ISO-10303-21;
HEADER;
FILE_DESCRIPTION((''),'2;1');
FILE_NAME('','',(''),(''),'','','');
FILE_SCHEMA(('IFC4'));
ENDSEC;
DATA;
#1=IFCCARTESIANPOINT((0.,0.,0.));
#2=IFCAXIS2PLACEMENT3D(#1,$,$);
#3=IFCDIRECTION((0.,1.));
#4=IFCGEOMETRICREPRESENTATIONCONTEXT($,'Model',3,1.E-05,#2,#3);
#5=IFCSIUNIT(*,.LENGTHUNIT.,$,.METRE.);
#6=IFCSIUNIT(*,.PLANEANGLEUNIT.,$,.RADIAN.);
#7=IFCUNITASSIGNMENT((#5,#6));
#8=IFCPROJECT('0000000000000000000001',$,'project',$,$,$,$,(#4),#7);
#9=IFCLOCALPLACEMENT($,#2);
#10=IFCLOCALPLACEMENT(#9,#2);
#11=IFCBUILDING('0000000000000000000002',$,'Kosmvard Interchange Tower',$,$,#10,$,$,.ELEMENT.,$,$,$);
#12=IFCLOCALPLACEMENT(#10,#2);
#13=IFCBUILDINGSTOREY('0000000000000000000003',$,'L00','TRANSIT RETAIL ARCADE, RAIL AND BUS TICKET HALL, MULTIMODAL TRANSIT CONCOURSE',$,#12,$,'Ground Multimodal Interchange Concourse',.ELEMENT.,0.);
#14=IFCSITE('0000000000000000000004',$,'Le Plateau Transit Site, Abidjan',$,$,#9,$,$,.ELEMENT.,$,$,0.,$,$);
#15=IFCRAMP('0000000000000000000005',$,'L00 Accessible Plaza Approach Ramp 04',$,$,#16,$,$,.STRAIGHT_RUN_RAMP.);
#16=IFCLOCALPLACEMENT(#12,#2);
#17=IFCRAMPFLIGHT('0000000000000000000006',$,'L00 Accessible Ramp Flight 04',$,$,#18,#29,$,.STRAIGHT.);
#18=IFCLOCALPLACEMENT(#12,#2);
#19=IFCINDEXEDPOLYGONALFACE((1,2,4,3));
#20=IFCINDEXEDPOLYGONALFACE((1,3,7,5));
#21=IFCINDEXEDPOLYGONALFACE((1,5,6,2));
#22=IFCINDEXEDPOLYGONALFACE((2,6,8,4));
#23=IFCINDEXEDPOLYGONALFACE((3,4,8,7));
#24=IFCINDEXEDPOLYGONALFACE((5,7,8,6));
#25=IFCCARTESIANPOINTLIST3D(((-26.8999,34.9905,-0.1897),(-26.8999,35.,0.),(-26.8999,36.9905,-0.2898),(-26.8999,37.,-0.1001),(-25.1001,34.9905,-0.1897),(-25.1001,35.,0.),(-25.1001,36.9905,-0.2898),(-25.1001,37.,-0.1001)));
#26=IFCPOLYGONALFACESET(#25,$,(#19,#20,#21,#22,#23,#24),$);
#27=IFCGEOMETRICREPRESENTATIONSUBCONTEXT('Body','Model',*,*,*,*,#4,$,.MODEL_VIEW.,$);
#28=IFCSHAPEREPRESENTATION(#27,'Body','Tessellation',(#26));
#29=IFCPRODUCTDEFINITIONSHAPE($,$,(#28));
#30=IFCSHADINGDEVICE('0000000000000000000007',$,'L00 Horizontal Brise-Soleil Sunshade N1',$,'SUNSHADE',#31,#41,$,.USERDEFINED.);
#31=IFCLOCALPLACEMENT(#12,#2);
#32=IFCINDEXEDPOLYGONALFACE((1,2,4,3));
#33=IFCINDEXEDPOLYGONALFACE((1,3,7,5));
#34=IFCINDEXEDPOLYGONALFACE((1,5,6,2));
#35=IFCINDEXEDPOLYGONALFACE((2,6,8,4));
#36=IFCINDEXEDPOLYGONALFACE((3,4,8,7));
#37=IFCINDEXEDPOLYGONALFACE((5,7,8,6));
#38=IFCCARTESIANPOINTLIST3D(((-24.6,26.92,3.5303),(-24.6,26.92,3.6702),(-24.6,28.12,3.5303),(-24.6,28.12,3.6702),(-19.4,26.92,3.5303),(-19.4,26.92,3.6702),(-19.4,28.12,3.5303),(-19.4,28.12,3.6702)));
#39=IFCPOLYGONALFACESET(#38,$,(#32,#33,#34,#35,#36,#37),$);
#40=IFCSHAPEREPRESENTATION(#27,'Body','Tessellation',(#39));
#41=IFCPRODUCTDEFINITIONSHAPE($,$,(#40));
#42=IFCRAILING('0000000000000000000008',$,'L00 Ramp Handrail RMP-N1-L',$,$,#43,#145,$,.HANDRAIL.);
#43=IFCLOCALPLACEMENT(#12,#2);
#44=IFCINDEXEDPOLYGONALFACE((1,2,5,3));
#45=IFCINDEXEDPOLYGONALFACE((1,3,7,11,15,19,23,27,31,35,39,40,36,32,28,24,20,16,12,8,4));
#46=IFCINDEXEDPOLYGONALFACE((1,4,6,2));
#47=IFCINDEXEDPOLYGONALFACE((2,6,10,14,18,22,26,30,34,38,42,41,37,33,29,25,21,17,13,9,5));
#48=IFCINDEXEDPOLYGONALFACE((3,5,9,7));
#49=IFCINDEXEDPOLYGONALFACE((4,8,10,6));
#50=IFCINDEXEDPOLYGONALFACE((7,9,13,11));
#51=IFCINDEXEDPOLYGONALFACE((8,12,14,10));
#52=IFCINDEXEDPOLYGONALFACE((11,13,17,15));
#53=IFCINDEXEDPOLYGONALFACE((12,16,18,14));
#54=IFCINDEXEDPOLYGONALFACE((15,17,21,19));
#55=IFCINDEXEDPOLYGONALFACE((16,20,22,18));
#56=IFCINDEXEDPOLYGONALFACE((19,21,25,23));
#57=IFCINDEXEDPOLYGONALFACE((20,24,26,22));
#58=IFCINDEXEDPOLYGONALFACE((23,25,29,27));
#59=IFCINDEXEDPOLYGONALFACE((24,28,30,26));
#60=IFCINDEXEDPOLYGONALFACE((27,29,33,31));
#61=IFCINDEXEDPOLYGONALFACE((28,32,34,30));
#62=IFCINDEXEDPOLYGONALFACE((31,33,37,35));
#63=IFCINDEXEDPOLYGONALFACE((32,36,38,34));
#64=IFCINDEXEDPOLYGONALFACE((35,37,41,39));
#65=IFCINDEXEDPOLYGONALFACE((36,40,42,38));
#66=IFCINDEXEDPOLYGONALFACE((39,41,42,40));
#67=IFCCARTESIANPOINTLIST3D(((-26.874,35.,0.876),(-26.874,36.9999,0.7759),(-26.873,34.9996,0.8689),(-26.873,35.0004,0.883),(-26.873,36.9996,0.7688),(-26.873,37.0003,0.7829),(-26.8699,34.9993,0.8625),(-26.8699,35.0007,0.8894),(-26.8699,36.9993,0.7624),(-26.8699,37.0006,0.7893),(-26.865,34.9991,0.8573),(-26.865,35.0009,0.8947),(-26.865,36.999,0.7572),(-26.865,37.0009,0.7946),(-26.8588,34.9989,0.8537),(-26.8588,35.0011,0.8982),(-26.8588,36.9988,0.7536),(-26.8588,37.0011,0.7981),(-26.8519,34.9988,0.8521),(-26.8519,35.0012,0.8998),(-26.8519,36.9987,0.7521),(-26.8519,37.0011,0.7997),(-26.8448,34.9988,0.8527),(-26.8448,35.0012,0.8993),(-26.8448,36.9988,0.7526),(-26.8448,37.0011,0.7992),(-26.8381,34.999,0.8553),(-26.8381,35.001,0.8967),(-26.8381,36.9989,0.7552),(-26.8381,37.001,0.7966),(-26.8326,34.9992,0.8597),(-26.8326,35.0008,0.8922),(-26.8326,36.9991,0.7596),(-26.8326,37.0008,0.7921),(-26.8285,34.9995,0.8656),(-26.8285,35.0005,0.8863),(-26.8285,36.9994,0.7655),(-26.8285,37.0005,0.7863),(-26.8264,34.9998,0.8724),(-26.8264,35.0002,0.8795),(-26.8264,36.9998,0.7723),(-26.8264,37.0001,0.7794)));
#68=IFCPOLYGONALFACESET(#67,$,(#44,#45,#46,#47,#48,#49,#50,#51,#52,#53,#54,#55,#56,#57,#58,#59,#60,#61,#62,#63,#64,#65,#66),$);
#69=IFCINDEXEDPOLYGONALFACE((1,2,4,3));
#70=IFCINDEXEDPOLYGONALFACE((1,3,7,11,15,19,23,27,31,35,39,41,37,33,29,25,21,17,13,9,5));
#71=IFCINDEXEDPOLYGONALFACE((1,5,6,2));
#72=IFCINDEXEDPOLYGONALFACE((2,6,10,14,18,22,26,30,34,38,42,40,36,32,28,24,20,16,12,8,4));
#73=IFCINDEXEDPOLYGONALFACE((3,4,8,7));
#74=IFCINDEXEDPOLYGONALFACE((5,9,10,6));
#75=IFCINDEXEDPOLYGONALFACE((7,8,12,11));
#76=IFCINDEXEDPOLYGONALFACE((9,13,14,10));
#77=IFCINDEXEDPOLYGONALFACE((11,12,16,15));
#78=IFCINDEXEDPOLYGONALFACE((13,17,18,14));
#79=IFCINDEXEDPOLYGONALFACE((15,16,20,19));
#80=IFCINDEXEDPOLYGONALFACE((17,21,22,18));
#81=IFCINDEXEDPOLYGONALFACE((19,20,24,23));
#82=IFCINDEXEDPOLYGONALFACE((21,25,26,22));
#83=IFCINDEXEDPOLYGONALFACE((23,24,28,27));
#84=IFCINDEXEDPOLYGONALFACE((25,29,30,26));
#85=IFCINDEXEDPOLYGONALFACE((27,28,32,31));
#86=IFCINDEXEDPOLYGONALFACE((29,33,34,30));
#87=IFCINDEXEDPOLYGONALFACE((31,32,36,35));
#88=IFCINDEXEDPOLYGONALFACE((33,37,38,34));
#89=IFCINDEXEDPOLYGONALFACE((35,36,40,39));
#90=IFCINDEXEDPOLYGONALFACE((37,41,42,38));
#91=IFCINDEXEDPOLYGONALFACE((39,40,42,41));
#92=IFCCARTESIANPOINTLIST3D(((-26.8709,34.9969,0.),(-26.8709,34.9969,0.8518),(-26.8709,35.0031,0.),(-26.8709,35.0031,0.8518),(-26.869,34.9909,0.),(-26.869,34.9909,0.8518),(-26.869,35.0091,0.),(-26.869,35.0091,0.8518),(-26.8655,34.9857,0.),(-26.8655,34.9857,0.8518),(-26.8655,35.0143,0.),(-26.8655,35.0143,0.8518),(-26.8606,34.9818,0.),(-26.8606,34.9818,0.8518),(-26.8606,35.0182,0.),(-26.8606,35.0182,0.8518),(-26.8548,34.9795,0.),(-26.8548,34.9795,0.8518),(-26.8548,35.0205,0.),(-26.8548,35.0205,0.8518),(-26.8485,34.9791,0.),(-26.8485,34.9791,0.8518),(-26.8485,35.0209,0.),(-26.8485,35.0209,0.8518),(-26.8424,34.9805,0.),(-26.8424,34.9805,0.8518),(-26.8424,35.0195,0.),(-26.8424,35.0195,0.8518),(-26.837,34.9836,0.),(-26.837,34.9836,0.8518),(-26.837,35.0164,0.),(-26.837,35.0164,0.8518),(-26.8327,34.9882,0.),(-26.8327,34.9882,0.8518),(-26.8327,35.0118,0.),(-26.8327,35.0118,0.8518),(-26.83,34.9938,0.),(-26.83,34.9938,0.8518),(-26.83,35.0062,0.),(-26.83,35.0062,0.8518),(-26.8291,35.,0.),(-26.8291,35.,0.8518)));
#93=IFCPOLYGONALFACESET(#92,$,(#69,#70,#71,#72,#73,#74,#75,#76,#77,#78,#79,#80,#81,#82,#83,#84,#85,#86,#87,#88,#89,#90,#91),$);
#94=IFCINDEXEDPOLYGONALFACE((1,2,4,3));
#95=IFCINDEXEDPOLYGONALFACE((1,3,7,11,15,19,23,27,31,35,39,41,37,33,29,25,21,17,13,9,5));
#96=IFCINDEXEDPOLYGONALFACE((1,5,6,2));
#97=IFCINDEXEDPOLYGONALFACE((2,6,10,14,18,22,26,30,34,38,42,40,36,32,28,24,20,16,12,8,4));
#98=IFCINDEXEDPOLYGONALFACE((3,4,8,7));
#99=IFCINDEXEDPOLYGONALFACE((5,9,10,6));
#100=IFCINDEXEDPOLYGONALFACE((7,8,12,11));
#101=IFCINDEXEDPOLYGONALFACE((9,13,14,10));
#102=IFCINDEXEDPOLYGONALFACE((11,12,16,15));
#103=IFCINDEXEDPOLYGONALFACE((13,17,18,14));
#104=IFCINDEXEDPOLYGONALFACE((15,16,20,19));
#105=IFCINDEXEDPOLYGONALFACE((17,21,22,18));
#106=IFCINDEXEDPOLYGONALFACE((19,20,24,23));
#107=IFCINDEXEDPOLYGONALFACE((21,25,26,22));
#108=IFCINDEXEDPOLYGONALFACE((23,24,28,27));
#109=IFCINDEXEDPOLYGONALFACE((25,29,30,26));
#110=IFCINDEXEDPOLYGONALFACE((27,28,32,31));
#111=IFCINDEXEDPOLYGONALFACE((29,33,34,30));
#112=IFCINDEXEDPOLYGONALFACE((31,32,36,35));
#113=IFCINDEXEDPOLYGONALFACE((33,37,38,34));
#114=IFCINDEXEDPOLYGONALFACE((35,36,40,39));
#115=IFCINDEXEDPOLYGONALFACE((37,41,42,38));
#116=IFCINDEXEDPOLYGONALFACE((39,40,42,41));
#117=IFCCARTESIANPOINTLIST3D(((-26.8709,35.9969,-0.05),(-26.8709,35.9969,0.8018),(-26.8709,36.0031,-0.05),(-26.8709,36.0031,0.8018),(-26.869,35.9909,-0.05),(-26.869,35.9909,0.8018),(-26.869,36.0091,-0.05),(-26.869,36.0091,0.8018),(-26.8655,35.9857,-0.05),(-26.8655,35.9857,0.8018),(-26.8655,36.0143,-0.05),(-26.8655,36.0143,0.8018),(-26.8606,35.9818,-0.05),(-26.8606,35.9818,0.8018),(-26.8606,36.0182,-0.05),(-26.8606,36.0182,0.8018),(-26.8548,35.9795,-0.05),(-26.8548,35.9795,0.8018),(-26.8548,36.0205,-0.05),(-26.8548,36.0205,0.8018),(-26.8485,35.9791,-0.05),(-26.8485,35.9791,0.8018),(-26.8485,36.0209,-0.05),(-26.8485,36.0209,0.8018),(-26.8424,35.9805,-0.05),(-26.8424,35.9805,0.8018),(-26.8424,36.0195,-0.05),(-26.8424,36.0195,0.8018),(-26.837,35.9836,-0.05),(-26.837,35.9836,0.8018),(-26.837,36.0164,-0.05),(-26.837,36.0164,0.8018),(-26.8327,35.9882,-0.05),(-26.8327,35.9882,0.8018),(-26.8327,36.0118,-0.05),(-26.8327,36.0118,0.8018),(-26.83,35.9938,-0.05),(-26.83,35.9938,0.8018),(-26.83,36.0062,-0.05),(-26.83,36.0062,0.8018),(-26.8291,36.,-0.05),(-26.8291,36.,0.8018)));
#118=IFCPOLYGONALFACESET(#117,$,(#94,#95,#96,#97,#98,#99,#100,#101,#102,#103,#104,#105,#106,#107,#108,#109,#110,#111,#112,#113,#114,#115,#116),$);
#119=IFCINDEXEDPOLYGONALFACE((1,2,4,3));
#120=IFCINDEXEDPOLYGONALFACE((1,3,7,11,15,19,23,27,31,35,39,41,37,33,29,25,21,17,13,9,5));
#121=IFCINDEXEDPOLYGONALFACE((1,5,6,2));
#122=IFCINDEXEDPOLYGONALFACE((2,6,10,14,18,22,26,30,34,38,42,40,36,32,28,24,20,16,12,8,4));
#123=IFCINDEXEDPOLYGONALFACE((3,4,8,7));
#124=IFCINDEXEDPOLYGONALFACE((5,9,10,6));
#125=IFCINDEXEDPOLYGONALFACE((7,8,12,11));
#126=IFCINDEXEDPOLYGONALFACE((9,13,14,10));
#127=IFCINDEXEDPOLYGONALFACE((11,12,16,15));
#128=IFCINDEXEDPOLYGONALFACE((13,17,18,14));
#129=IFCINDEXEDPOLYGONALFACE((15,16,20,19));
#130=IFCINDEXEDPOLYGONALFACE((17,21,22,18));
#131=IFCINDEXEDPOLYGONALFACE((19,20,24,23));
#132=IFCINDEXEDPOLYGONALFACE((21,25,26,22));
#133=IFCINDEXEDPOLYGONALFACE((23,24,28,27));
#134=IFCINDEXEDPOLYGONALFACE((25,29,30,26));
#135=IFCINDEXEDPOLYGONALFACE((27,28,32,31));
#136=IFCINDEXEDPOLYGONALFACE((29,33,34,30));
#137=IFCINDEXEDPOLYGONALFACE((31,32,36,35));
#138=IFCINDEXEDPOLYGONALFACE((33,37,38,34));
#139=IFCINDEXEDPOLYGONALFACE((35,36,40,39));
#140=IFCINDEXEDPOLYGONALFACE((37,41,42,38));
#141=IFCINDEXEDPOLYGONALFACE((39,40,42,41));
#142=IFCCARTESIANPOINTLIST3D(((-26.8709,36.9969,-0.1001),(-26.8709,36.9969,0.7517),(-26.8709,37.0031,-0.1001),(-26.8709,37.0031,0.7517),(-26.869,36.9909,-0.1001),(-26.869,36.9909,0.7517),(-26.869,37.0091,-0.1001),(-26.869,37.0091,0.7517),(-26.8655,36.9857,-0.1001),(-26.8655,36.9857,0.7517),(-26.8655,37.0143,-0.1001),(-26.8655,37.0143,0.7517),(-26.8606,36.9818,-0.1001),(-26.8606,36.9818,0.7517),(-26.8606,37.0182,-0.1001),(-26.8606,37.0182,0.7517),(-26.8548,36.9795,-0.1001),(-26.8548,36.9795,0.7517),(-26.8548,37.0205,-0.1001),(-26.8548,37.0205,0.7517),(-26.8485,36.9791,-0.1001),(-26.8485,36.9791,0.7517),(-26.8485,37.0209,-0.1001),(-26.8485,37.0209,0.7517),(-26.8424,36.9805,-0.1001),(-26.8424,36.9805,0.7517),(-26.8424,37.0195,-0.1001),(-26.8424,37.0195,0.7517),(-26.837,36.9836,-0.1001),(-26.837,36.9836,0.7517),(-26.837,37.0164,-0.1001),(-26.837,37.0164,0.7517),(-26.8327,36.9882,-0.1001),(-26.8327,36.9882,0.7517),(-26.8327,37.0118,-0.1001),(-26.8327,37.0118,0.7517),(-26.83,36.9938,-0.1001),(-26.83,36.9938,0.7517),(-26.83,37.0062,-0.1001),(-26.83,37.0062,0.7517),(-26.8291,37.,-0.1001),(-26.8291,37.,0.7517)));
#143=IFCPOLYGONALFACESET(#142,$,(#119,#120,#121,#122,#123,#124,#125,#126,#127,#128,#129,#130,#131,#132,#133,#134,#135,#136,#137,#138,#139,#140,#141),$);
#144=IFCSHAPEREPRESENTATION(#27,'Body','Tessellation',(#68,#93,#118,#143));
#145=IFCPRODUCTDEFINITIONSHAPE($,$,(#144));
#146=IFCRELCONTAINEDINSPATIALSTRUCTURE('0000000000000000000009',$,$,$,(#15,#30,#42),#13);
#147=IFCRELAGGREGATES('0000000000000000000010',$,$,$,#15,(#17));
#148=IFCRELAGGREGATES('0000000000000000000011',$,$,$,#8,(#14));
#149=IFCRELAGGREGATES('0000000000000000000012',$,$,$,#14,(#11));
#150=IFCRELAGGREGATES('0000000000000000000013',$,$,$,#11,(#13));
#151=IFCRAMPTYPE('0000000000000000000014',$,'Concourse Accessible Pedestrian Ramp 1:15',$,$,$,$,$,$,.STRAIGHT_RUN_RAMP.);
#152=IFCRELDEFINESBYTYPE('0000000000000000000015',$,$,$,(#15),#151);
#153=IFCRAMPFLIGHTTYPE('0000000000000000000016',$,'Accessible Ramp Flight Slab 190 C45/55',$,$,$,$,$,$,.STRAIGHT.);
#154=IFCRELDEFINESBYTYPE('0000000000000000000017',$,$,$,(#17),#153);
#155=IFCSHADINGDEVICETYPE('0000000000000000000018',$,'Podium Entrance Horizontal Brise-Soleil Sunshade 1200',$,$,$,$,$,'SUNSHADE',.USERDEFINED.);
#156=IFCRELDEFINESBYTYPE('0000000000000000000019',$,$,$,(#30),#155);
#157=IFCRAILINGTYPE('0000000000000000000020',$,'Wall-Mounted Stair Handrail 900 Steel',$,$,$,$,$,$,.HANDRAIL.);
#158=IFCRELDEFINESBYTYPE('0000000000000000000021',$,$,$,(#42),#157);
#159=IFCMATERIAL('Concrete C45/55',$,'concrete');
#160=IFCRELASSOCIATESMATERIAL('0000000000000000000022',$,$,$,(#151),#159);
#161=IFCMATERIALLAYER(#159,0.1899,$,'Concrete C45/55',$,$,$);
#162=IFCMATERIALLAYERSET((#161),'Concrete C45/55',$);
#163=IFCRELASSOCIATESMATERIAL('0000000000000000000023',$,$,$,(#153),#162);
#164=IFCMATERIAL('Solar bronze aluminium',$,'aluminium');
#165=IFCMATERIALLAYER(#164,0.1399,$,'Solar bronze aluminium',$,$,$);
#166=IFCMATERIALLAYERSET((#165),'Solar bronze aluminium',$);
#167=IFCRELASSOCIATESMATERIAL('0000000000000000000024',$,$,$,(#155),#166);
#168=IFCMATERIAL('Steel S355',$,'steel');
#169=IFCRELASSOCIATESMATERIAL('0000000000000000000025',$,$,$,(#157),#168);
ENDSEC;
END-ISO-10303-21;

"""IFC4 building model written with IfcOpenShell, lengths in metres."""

from ifc_helpers import new_model, si_unit, direction, frame, origin, origin_2d, place, context, subcontext, project, spatial, polyline, rectangle, circle, outline, extrude, source, transform, mapped, material, layer, layer_set, type_object, element, aggregate, save


model = new_model("IFC4")

# Units and contexts
model_context = context("Model", 3, precision=1e-05, world=origin(), true_north=direction((0.0, 1.0)))
body_context = subcontext(model_context, "Body", "Model", "MODEL_VIEW")
ifc_project = project(units=[si_unit("LENGTHUNIT", "METRE"), si_unit("PLANEANGLEUNIT", "RADIAN")], contexts=[model_context])

# Site, building, storey
site_placement = place(None, origin())
site = spatial("IfcSite", under=ifc_project, at=site_placement, Name="Le Plateau Transit Site, Abidjan", CompositionType="ELEMENT", RefElevation=0.0)
building_placement = place(site_placement, origin())
building = spatial("IfcBuilding", under=site, at=building_placement, Name="Kosmvard Interchange Tower", CompositionType="ELEMENT")
storey_placement = place(building_placement, origin())
storey = spatial("IfcBuildingStorey", under=building, at=storey_placement, Name="L00", Description="TRANSIT RETAIL ARCADE, RAIL AND BUS TICKET HALL, MULTIMODAL TRANSIT CONCOURSE", LongName="Ground Multimodal Interchange Concourse", CompositionType="ELEMENT", Elevation=0.0)

# Shared definitions
ifc_material_1 = material(Name="Steel S355", Category="steel")

# Ramp, ramp flight
ifc_material_2 = material(Name="Concrete C45/55", Category="concrete")
ramp_type = type_object("IfcRampType", Name="Concourse Accessible Pedestrian Ramp 1:15", PredefinedType="STRAIGHT_RUN_RAMP", material=ifc_material_2)
ramp_placement = place(storey_placement, origin())
ramp = element("IfcRamp", 1, at=ramp_placement, inside=storey, type_object=ramp_type, Name="L00 Accessible Plaza Approach Ramp 04", PredefinedType="STRAIGHT_RUN_RAMP")
ifc_layer_1 = layer(ifc_material_2, 0.1899, Name="Concrete C45/55")
ifc_layer_set_1 = layer_set([ifc_layer_1], Name="Concrete C45/55")
ramp_flight_type = type_object("IfcRampFlightType", Name="Accessible Ramp Flight Slab 190 C45/55", PredefinedType="STRAIGHT", material=ifc_layer_set_1)
ramp_flight_placement = place(storey_placement, frame((-26.8999, 35.0, 0.0), z_axis=(0.0, 0.049986, 0.99875), x_axis=(1.0, 0.0, 0.0)))
ramp_flight = element("IfcRampFlight", 2, at=ramp_flight_placement, type_object=ramp_flight_type, Name="L00 Accessible Ramp Flight 04", PredefinedType="STRAIGHT", context=body_context, shape_type="SweptSolid", body=[
    extrude(outline(polyline([(0.0, 0.0), (1.7998, 0.0), (1.7998, 2.0025), (0.0, 2.0025), (0.0, 0.0)])), origin(), (0.0, 0.0, -1.0), 0.1899),
])
aggregate(ramp, [ramp_flight])

# Shading device
ifc_material_3 = material(Name="Solar bronze aluminium", Category="aluminium")
ifc_layer_2 = layer(ifc_material_3, 0.1399, Name="Solar bronze aluminium")
ifc_layer_set_2 = layer_set([ifc_layer_2], Name="Solar bronze aluminium")
shading_device_type = type_object("IfcShadingDeviceType", Name="Podium Entrance Horizontal Brise-Soleil Sunshade 1200", ElementType="SUNSHADE", PredefinedType="USERDEFINED", material=ifc_layer_set_2)
shared_shape_1 = source(origin(), body_context, "Body", "SweptSolid", [
    extrude(rectangle(XDim=5.2, YDim=1.2, at=origin_2d()), origin(), (0.0, 0.0, 1.0), 0.1399),
])
shading_device_placement = place(storey_placement, frame((-22.0, 27.52, 3.5303), z_axis=(0.0, 0.0, 1.0), x_axis=(1.0, 0.0, 0.0)))
element("IfcShadingDevice", 3, at=shading_device_placement, inside=storey, type_object=shading_device_type, Name="L00 Horizontal Brise-Soleil Sunshade N1", ObjectType="SUNSHADE", PredefinedType="USERDEFINED", context=body_context, shape_type="MappedRepresentation", body=[
    mapped(shared_shape_1, transform((0.0, 0.0, 0.0), scale=1.0)),
])

# Railing
railing_type = type_object("IfcRailingType", Name="Wall-Mounted Stair Handrail 900 Steel", PredefinedType="HANDRAIL", material=ifc_material_1)
shared_shape_2 = source(origin(), body_context, "Body", "SweptSolid", [
    extrude(circle(Radius=0.0239, at=origin_2d()), frame((0.0, 0.0, 0.876), z_axis=(0.0, 0.99875, -0.049986), x_axis=(-1.0, 0.0, 0.0)), (0.0, 0.0, 1.0), 2.0024),
    extrude(circle(Radius=0.021, at=origin_2d()), origin(), (0.0, 0.0, 1.0), 0.8518),
    extrude(circle(Radius=0.021, at=origin_2d()), frame((0.0, 1.0, -0.05)), (0.0, 0.0, 1.0), 0.8518),
    extrude(circle(Radius=0.021, at=origin_2d()), frame((0.0, 2.0, -0.1001)), (0.0, 0.0, 1.0), 0.8518),
])
for number, where, name in (
    (4, (-26.8501, 35.0, 0.0), "L00 Ramp Handrail RMP-N1-L"),
):
    element("IfcRailing", number, at=place(storey_placement, frame(where)), inside=storey, type_object=railing_type, Name=name, PredefinedType="HANDRAIL", context=body_context, shape_type="MappedRepresentation", body=[
        mapped(shared_shape_2, transform((0.0, 0.0, 0.0), scale=1.0)),
    ])

save(model, "model.ifc")
